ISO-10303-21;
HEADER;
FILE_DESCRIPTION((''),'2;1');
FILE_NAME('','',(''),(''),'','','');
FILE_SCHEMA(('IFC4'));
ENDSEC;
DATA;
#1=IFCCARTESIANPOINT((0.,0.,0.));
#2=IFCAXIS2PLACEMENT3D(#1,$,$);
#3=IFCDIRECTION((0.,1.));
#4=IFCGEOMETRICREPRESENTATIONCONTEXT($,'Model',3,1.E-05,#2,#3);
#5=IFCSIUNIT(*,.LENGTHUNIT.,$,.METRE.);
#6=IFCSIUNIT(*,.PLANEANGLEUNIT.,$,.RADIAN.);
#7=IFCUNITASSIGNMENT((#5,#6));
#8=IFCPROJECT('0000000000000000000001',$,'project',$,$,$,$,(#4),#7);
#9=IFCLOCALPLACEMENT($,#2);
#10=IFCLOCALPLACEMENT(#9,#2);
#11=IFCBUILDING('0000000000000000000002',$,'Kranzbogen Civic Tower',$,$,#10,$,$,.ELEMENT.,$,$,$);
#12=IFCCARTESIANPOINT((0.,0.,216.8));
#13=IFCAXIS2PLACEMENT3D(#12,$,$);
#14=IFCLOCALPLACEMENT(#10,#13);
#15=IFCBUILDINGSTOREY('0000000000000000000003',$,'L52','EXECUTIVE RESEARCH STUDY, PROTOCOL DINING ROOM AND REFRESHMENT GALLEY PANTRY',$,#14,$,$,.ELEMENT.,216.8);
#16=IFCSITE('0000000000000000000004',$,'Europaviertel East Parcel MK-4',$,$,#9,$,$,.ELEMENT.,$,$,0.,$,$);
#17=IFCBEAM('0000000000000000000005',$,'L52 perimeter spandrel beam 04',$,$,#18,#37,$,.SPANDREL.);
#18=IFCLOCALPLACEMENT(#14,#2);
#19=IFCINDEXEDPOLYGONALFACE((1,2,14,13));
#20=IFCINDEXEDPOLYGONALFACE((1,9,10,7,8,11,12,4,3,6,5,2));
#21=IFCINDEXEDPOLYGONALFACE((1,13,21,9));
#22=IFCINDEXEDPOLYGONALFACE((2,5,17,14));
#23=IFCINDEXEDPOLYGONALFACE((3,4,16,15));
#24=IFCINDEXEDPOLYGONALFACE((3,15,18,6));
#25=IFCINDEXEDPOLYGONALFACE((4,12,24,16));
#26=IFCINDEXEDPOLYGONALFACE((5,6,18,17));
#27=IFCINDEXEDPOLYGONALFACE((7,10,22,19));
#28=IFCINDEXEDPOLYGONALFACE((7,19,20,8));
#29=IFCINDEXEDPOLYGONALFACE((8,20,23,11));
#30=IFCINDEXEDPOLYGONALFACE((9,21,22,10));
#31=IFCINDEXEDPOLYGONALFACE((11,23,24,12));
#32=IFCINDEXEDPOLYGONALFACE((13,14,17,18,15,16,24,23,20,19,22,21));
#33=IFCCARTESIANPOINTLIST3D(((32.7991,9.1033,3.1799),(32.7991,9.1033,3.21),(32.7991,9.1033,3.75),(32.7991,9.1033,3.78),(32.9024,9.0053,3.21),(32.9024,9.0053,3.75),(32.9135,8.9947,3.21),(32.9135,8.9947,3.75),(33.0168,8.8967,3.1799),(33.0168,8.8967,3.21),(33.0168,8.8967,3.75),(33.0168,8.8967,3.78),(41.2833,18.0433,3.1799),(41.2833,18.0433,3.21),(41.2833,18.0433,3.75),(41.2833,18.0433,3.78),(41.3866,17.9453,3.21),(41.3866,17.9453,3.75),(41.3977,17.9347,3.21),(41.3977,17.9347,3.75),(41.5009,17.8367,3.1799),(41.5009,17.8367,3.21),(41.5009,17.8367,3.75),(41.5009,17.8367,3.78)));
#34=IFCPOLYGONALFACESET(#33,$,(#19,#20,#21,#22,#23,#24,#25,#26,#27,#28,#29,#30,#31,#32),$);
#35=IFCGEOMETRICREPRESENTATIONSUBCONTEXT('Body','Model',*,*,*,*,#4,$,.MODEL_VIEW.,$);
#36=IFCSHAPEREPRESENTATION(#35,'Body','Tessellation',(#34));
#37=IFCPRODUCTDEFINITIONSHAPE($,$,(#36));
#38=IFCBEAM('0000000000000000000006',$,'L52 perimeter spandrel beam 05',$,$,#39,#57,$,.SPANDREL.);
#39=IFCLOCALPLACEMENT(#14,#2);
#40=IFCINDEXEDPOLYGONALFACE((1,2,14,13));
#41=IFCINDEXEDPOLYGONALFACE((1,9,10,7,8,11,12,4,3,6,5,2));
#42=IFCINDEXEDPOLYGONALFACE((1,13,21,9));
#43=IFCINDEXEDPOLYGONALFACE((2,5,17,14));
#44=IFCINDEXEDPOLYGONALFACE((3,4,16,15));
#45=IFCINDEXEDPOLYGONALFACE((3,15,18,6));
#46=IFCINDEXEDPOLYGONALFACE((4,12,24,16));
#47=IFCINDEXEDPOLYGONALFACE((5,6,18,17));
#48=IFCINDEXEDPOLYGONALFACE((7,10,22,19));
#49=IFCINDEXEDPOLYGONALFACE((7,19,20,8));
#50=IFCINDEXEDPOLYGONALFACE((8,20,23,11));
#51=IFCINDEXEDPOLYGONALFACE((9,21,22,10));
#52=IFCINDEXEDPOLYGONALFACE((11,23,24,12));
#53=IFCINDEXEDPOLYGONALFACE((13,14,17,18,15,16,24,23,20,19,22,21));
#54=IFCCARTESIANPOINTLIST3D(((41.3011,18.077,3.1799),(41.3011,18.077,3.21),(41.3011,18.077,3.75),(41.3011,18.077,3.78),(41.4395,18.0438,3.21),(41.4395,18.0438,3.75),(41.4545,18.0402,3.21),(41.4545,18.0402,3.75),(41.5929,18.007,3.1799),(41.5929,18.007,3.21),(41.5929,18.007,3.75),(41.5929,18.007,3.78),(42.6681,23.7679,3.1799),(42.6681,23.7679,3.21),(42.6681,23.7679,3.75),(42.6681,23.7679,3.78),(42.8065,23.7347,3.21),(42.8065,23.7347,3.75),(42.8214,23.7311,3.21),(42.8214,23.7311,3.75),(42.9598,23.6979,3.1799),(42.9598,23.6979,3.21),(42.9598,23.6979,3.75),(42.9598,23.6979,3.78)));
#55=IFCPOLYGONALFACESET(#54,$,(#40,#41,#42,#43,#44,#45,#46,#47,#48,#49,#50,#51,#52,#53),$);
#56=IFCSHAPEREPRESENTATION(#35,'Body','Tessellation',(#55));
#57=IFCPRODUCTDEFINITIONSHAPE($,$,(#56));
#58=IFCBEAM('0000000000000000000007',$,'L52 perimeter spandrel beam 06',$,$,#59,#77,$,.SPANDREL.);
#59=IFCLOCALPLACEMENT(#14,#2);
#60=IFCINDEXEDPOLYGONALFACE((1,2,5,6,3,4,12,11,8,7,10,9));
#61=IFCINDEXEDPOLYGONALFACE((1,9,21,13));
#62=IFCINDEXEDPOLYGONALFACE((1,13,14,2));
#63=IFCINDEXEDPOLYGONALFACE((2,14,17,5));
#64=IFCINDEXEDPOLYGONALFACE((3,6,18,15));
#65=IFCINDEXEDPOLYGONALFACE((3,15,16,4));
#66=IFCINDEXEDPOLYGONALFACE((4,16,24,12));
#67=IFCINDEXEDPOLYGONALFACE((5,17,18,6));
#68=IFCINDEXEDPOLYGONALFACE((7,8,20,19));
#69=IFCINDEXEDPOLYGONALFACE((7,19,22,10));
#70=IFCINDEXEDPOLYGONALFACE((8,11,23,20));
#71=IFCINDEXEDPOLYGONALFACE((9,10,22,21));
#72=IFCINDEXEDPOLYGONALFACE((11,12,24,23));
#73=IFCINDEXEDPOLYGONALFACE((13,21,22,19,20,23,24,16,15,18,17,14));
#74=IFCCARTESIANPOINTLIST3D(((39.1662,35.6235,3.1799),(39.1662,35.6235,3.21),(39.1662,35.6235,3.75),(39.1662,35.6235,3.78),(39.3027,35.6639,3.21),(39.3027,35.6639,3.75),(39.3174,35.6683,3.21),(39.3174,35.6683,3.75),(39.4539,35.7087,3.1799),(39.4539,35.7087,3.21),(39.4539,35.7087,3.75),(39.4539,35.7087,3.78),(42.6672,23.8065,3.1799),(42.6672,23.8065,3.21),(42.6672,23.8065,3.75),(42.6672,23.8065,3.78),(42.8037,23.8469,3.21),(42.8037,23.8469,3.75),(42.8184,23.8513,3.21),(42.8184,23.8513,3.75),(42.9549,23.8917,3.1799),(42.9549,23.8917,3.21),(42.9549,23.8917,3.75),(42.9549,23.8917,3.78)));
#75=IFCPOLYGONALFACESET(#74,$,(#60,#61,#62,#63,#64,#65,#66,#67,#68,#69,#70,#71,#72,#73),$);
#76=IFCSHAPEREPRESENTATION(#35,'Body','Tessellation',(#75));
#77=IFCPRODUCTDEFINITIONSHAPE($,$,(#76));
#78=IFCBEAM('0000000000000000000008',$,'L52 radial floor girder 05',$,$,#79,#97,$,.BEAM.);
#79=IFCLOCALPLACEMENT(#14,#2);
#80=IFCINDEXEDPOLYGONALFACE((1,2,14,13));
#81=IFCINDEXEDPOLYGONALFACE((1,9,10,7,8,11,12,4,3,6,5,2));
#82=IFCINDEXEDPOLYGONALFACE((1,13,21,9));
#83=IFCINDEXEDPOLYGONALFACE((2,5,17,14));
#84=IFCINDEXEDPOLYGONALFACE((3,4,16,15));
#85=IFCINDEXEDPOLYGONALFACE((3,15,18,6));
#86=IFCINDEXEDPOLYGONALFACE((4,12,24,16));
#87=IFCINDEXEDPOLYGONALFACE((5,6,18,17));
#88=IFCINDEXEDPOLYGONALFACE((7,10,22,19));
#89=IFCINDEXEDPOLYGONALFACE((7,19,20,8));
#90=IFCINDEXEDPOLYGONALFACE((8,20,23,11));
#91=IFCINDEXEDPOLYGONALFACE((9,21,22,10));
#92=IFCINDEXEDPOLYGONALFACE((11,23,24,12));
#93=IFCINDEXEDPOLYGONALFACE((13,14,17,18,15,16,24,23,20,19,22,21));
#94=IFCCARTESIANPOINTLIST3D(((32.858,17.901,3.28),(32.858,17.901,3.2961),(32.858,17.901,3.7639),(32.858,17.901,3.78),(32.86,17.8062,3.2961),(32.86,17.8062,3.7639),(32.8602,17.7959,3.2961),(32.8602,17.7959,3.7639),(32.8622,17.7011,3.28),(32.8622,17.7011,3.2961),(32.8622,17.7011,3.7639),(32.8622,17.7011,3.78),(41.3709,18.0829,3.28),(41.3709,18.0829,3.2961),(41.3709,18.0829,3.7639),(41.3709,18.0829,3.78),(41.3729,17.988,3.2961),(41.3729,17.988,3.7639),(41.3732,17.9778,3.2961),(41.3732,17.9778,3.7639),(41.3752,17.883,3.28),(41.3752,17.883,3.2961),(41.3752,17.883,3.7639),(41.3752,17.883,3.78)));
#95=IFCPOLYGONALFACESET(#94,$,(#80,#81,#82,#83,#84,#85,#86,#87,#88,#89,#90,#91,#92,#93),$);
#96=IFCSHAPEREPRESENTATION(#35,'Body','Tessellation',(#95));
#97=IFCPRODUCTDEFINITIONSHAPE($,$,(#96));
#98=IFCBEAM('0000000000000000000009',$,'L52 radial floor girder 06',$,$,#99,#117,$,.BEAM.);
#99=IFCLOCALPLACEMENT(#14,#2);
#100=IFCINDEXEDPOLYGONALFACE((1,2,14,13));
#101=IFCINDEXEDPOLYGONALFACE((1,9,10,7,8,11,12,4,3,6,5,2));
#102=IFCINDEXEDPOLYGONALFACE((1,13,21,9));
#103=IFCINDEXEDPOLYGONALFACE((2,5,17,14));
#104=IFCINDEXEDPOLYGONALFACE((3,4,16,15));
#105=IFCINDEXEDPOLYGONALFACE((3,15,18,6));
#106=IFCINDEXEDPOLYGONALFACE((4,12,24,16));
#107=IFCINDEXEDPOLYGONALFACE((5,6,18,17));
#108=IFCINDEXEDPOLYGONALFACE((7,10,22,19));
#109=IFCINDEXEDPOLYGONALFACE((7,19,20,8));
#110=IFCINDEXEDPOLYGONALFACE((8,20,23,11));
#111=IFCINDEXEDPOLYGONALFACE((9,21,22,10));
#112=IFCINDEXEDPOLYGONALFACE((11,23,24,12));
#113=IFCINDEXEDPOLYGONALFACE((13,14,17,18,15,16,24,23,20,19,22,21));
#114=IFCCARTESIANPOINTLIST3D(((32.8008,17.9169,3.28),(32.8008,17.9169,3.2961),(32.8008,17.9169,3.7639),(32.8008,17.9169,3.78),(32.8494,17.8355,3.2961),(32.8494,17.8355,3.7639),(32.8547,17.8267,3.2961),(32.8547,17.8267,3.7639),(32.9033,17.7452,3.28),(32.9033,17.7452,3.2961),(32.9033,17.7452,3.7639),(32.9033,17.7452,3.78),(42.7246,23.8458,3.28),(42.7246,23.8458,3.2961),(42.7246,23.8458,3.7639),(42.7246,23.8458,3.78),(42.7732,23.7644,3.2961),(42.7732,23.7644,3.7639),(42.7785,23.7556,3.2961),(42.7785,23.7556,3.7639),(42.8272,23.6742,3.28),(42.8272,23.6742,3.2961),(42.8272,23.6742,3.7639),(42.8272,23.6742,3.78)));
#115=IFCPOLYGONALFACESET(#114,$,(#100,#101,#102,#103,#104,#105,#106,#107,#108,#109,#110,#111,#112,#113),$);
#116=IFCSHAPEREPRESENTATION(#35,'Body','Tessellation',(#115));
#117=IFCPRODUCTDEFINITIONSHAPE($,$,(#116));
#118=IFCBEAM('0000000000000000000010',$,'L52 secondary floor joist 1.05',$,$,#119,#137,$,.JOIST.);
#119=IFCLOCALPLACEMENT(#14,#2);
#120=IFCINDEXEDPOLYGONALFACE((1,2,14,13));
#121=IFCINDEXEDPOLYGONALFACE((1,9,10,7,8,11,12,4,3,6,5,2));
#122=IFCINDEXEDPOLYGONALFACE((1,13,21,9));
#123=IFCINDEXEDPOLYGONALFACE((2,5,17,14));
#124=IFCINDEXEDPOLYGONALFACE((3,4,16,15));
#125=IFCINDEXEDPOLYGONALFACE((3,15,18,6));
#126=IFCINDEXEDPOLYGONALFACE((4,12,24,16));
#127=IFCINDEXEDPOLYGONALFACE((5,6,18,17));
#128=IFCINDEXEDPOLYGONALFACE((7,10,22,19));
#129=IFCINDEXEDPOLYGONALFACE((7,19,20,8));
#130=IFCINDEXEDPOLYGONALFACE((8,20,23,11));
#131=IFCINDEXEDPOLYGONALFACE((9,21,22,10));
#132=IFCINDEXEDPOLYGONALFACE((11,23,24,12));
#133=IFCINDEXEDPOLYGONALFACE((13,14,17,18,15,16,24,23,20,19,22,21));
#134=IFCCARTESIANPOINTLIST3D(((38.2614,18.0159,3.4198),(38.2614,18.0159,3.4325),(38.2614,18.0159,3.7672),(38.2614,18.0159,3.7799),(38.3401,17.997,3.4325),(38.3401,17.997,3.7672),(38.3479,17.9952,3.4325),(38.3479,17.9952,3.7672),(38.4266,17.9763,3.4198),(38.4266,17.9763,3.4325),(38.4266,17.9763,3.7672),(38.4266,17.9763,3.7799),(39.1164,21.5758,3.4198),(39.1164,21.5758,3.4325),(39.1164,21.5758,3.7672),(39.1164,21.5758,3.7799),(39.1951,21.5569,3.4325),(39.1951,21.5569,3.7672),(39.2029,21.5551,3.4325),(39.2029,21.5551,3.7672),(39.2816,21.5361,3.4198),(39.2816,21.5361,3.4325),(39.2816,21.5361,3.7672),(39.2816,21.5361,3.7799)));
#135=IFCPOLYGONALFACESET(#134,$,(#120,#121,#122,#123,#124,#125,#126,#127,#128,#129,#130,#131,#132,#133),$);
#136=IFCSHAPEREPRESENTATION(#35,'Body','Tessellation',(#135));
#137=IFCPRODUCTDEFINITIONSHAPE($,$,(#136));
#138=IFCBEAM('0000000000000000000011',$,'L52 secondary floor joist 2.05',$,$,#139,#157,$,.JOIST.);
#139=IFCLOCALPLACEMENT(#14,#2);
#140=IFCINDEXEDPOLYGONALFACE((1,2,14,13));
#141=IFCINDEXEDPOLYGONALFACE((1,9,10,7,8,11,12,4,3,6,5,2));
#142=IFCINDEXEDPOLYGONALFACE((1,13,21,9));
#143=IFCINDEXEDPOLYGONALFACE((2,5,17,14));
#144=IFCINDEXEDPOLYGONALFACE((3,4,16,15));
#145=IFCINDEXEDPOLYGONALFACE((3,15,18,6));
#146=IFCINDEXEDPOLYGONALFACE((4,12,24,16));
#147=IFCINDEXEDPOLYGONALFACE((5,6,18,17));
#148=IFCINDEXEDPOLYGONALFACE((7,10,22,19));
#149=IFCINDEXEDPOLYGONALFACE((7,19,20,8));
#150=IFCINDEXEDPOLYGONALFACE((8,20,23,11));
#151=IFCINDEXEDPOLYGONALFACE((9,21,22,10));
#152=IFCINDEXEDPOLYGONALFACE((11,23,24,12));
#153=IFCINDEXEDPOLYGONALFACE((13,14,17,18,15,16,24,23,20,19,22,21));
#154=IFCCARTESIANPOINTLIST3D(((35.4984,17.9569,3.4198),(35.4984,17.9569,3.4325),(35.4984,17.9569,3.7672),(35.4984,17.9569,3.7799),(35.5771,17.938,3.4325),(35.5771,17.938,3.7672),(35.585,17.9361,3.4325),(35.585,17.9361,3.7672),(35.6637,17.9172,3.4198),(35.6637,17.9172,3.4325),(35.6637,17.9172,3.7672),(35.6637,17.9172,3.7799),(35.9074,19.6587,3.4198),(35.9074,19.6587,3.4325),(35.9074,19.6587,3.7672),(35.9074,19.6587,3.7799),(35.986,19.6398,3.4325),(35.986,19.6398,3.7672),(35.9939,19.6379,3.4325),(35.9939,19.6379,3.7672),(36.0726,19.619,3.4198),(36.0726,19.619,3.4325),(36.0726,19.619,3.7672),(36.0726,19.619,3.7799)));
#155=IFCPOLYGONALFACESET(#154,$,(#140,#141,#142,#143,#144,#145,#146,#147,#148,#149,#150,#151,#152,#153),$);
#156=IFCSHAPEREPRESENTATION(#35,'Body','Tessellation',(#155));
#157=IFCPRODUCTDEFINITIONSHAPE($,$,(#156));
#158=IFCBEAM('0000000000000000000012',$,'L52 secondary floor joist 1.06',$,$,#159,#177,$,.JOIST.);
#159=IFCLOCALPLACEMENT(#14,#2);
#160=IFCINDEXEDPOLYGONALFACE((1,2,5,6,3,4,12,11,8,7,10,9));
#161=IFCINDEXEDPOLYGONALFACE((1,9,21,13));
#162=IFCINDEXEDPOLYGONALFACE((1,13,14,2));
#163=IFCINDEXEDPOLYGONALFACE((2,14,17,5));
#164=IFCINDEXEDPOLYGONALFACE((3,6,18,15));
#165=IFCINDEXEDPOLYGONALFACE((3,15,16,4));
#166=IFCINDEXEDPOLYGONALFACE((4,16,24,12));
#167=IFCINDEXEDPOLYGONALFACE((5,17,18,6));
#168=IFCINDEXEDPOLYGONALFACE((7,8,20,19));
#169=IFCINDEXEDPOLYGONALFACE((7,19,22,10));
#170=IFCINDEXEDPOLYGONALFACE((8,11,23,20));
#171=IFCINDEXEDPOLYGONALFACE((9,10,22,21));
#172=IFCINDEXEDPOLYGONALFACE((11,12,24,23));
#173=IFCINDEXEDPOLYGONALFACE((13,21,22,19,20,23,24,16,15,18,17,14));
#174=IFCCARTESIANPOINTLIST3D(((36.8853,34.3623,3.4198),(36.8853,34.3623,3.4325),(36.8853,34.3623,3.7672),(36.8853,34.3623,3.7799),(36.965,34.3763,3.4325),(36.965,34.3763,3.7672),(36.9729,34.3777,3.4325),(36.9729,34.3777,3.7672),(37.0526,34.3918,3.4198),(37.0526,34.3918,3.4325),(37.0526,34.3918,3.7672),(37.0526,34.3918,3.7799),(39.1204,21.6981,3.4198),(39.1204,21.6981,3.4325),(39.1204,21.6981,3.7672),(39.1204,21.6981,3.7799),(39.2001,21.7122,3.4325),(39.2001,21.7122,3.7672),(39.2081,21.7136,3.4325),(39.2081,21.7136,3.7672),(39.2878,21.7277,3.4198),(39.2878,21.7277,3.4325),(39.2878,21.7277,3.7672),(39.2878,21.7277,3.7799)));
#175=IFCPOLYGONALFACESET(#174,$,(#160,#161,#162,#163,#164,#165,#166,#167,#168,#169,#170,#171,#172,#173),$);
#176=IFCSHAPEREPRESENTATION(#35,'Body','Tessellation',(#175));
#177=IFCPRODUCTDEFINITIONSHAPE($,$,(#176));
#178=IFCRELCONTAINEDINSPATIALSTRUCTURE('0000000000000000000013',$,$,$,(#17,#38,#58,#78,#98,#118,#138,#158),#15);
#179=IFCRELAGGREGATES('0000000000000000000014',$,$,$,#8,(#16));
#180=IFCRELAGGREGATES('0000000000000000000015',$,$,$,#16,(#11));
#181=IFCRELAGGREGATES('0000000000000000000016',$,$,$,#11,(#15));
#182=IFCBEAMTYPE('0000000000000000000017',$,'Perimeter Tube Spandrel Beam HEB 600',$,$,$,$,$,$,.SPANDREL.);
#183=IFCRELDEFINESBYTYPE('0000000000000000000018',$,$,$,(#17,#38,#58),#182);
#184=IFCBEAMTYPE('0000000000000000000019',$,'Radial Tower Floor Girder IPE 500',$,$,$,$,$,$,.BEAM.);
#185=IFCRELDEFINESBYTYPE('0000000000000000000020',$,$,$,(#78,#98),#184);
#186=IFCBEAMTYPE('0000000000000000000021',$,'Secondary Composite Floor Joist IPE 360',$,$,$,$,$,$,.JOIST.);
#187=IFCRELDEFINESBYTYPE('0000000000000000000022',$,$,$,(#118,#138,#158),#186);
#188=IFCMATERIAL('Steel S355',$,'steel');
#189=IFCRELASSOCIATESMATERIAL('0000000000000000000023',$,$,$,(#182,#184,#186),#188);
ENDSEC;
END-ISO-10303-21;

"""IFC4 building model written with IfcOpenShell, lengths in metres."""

from ifc_helpers import new_model, si_unit, direction, frame, origin, origin_2d, place, context, subcontext, project, spatial, i_section, extrude, material, material_profile, profile_set, type_object, element, save


model = new_model("IFC4")

# Units and contexts
model_context = context("Model", 3, precision=1e-05, world=origin(), true_north=direction((0.0, 1.0)))
body_context = subcontext(model_context, "Body", "Model", "MODEL_VIEW")
ifc_project = project(units=[si_unit("LENGTHUNIT", "METRE"), si_unit("PLANEANGLEUNIT", "RADIAN")], contexts=[model_context])

# Site, building, storey
site_placement = place(None, origin())
site = spatial("IfcSite", under=ifc_project, at=site_placement, Name="Europaviertel East Parcel MK-4", CompositionType="ELEMENT", RefElevation=0.0)
building_placement = place(site_placement, origin())
building = spatial("IfcBuilding", under=site, at=building_placement, Name="Kranzbogen Civic Tower", CompositionType="ELEMENT")
storey_placement = place(building_placement, frame((0.0, 0.0, 216.8)))
storey = spatial("IfcBuildingStorey", under=building, at=storey_placement, Name="L52", Description="EXECUTIVE RESEARCH STUDY, PROTOCOL DINING ROOM AND REFRESHMENT GALLEY PANTRY", CompositionType="ELEMENT", Elevation=216.8)

# Shared definitions
ifc_material_1 = material(Name="Steel S355", Category="steel")

# Beams
ifc_material_profile_1 = material_profile(ifc_material_1, i_section(OverallWidth=0.3, OverallDepth=0.6001, WebThickness=0.0154, FlangeThickness=0.03, at=origin_2d()), Name="HEB 600")
ifc_profile_set_1 = profile_set([ifc_material_profile_1], Name="Steel S355")
beam_type_1 = type_object("IfcBeamType", Name="Perimeter Tube Spandrel Beam HEB 600", PredefinedType="SPANDREL", material=ifc_profile_set_1)
beam_1_placement = place(storey_placement, frame((32.908, 9.0, 3.48), z_axis=(0.688373, 0.725356, 0.0), x_axis=(-0.725356, 0.688373, 0.0)))
element("IfcBeam", 1, at=beam_1_placement, inside=storey, type_object=beam_type_1, Name="L52 perimeter spandrel beam 04", PredefinedType="SPANDREL", context=body_context, shape_type="SweptSolid", body=[
    extrude(i_section(OverallWidth=0.3, OverallDepth=0.6001, WebThickness=0.0154, FlangeThickness=0.03, at=origin_2d()), origin(), (0.0, 0.0, 1.0), 12.325),
])
beam_2_placement = place(storey_placement, frame((41.447, 18.042, 3.48), z_axis=(0.233554, 0.972344, 0.0), x_axis=(-0.972344, 0.233554, 0.0)))
element("IfcBeam", 2, at=beam_2_placement, inside=storey, type_object=beam_type_1, Name="L52 perimeter spandrel beam 05", PredefinedType="SPANDREL", context=body_context, shape_type="SweptSolid", body=[
    extrude(i_section(OverallWidth=0.3, OverallDepth=0.6001, WebThickness=0.0154, FlangeThickness=0.03, at=origin_2d()), origin(), (0.0, 0.0, 1.0), 5.8528),
])
beam_3_placement = place(storey_placement, frame((42.811, 23.8491, 3.48), z_axis=(-0.284064, 0.958805, 0.0), x_axis=(-0.958805, -0.284064, 0.0)))
element("IfcBeam", 3, at=beam_3_placement, inside=storey, type_object=beam_type_1, Name="L52 perimeter spandrel beam 06", PredefinedType="SPANDREL", context=body_context, shape_type="SweptSolid", body=[
    extrude(i_section(OverallWidth=0.3, OverallDepth=0.6001, WebThickness=0.0154, FlangeThickness=0.03, at=origin_2d()), origin(), (0.0, 0.0, 1.0), 12.3247),
])
ifc_material_profile_2 = material_profile(ifc_material_1, i_section(OverallWidth=0.2, OverallDepth=0.5, WebThickness=0.0103, FlangeThickness=0.0161, at=origin_2d()), Name="IPE 500")
ifc_profile_set_2 = profile_set([ifc_material_profile_2], Name="Steel S355")
beam_type_2 = type_object("IfcBeamType", Name="Radial Tower Floor Girder IPE 500", PredefinedType="BEAM", material=ifc_profile_set_2)
beam_4_placement = place(storey_placement, frame((41.373, 17.9829, 3.53), z_axis=(-0.999772, -0.021361, 0.0), x_axis=(0.021361, -0.999772, 0.0)))
element("IfcBeam", 4, at=beam_4_placement, inside=storey, type_object=beam_type_2, Name="L52 radial floor girder 05", PredefinedType="BEAM", context=body_context, shape_type="SweptSolid", body=[
    extrude(i_section(OverallWidth=0.2, OverallDepth=0.5, WebThickness=0.0103, FlangeThickness=0.0161, at=origin_2d()), origin(), (0.0, 0.0, 1.0), 8.5149),
])
beam_5_placement = place(storey_placement, frame((42.7759, 23.76, 3.53), z_axis=(-0.858459, -0.512883, 0.0), x_axis=(0.512883, -0.858459, 0.0)))
element("IfcBeam", 5, at=beam_5_placement, inside=storey, type_object=beam_type_2, Name="L52 radial floor girder 06", PredefinedType="BEAM", context=body_context, shape_type="SweptSolid", body=[
    extrude(i_section(OverallWidth=0.2, OverallDepth=0.5, WebThickness=0.0103, FlangeThickness=0.0161, at=origin_2d()), origin(), (0.0, 0.0, 1.0), 11.5601),
])
ifc_material_profile_3 = material_profile(ifc_material_1, i_section(OverallWidth=0.1699, OverallDepth=0.3601, WebThickness=0.0081, FlangeThickness=0.0127, at=origin_2d()), Name="IPE 360")
ifc_profile_set_3 = profile_set([ifc_material_profile_3], Name="Steel S355")
beam_type_3 = type_object("IfcBeamType", Name="Secondary Composite Floor Joist IPE 360", PredefinedType="JOIST", material=ifc_profile_set_3)
beam_6_placement = place(storey_placement, frame((38.344, 17.9961, 3.5999), z_axis=(0.233534, 0.972349, 0.0), x_axis=(-0.972349, 0.233534, 0.0)))
element("IfcBeam", 6, at=beam_6_placement, inside=storey, type_object=beam_type_3, Name="L52 secondary floor joist 1.05", PredefinedType="JOIST", context=body_context, shape_type="SweptSolid", body=[
    extrude(i_section(OverallWidth=0.1699, OverallDepth=0.3601, WebThickness=0.0081, FlangeThickness=0.0127, at=origin_2d()), origin(), (0.0, 0.0, 1.0), 3.6611),
])
beam_7_placement = place(storey_placement, frame((35.5811, 17.937, 3.5999), z_axis=(0.233631, 0.972325, 0.0), x_axis=(-0.972325, 0.233631, 0.0)))
element("IfcBeam", 7, at=beam_7_placement, inside=storey, type_object=beam_type_3, Name="L52 secondary floor joist 2.05", PredefinedType="JOIST", context=body_context, shape_type="SweptSolid", body=[
    extrude(i_section(OverallWidth=0.1699, OverallDepth=0.3601, WebThickness=0.0081, FlangeThickness=0.0127, at=origin_2d()), origin(), (0.0, 0.0, 1.0), 1.7502),
])
beam_8_placement = place(storey_placement, frame((39.2041, 21.7129, 3.5999), z_axis=(-0.173806, 0.98478, 0.0), x_axis=(-0.98478, -0.173806, 0.0)))
element("IfcBeam", 8, at=beam_8_placement, inside=storey, type_object=beam_type_3, Name="L52 secondary floor joist 1.06", PredefinedType="JOIST", context=body_context, shape_type="SweptSolid", body=[
    extrude(i_section(OverallWidth=0.1699, OverallDepth=0.3601, WebThickness=0.0081, FlangeThickness=0.0127, at=origin_2d()), origin(), (0.0, 0.0, 1.0), 12.8599),
])

save(model, "model.ifc")
